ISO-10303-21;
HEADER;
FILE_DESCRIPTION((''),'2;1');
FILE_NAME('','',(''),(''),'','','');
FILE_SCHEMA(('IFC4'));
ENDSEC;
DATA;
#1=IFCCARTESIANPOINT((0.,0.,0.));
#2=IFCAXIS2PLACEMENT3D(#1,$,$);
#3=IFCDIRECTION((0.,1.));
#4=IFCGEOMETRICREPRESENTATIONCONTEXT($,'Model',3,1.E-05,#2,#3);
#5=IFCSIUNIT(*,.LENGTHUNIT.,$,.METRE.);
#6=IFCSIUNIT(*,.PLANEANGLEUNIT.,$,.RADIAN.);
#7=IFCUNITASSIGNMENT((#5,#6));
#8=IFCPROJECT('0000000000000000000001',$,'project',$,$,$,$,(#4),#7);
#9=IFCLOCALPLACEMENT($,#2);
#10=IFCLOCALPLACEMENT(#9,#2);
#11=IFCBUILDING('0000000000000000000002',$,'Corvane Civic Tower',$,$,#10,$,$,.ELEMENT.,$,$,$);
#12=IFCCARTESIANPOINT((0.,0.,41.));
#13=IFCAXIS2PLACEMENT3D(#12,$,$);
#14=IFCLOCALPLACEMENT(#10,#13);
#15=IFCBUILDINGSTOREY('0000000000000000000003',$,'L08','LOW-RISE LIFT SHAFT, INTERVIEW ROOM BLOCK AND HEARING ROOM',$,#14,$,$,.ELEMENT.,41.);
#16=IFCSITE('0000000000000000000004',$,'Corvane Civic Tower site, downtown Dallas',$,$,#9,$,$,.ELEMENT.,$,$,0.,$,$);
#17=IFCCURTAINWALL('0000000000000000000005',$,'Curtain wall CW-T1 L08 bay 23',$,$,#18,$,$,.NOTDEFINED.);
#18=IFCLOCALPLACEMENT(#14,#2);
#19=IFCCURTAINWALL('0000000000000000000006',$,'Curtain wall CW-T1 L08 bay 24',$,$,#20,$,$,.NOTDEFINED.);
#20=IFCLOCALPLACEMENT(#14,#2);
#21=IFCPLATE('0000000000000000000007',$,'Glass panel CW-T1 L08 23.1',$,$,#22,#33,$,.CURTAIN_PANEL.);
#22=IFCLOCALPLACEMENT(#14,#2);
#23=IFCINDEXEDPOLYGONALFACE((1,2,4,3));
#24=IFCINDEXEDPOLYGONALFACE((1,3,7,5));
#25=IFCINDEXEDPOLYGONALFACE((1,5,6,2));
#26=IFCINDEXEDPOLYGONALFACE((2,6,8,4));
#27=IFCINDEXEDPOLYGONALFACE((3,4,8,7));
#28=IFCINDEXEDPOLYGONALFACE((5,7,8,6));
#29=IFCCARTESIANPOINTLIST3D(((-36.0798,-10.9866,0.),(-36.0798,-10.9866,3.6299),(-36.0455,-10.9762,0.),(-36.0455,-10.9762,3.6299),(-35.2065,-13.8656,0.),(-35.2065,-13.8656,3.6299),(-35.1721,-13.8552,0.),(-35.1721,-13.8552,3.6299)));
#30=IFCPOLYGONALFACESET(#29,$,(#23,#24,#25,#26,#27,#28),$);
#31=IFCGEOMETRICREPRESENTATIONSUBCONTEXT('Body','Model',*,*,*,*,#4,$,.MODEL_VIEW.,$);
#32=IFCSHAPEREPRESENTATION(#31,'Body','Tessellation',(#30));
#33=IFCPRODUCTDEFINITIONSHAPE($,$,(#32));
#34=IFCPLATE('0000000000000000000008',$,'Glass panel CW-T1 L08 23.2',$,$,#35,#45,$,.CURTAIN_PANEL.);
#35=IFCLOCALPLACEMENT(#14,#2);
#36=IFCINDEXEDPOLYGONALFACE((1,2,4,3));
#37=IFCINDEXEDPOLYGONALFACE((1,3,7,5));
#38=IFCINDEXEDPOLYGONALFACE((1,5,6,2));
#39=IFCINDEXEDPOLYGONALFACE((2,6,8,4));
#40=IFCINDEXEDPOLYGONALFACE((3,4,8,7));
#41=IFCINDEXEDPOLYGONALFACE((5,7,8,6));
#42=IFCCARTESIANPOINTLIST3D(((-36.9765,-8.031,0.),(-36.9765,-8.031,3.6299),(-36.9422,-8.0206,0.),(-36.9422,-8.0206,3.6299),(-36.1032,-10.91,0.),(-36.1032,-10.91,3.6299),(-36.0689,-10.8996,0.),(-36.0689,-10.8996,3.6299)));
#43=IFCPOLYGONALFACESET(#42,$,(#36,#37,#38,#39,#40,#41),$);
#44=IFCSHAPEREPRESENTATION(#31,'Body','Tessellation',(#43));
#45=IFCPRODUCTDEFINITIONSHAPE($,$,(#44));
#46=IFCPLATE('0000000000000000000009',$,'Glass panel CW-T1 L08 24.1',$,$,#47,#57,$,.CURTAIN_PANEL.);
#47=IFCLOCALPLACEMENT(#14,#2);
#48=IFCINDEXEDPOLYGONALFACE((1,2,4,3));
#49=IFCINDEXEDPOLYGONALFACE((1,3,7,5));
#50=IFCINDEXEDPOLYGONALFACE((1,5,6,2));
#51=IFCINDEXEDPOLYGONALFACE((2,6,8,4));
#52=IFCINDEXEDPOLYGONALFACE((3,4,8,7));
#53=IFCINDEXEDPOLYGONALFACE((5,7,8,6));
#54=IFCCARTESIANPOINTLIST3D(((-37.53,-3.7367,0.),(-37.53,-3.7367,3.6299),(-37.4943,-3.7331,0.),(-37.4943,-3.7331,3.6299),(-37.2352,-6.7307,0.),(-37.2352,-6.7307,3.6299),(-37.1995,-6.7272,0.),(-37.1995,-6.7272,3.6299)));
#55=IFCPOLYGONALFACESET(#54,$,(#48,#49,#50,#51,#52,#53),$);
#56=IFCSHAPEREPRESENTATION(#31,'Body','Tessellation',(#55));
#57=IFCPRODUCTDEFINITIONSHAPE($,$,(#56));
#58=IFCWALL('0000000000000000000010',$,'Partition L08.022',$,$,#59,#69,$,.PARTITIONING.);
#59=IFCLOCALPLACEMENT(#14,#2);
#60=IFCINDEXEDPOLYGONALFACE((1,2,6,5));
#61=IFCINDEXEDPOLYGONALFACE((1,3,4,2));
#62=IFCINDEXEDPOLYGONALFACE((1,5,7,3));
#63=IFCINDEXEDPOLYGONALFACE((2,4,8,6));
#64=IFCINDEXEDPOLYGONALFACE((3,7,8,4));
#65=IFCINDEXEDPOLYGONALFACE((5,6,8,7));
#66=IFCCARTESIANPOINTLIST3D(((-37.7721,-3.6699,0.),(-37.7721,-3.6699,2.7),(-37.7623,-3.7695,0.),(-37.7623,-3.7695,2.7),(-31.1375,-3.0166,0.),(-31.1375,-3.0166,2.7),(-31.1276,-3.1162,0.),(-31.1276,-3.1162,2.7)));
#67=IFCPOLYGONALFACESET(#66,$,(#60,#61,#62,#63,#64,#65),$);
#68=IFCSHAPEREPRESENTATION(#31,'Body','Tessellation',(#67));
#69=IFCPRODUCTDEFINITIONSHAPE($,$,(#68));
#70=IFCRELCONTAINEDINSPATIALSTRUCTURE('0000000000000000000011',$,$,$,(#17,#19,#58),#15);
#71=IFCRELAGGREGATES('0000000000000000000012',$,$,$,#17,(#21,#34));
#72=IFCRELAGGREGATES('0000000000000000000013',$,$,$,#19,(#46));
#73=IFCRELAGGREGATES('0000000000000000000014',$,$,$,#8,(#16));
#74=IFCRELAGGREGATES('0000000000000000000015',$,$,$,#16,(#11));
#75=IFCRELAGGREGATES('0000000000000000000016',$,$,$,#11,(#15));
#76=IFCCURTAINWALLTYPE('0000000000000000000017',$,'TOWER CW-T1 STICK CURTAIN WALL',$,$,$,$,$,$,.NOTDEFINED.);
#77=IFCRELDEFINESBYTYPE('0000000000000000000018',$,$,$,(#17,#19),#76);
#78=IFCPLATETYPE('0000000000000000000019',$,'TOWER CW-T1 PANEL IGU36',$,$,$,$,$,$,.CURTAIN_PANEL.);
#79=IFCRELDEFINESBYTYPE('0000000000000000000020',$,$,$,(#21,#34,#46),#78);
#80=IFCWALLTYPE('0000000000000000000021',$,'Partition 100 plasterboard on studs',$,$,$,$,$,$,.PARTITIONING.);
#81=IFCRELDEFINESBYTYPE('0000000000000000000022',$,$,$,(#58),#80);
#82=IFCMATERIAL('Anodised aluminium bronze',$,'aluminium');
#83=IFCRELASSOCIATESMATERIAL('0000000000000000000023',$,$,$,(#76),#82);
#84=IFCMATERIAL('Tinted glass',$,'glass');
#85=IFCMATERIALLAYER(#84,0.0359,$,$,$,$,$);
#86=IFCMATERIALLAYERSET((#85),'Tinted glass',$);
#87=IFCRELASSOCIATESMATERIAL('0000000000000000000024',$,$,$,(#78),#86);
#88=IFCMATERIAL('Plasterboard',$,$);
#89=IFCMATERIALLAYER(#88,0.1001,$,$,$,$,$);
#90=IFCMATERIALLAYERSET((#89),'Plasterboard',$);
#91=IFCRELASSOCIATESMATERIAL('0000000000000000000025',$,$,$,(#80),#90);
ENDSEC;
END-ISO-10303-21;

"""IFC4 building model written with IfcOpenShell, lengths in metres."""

from ifc_helpers import new_model, si_unit, direction, frame, frame_2d, origin, origin_2d, place, context, subcontext, project, spatial, rectangle, extrude, material, layer, layer_set, type_object, element, aggregate, save


model = new_model("IFC4")

# Units and contexts
model_context = context("Model", 3, precision=1e-05, world=origin(), true_north=direction((0.0, 1.0)))
body_context = subcontext(model_context, "Body", "Model", "MODEL_VIEW")
ifc_project = project(units=[si_unit("LENGTHUNIT", "METRE"), si_unit("PLANEANGLEUNIT", "RADIAN")], contexts=[model_context])

# Site, building, storey
site_placement = place(None, origin())
site = spatial("IfcSite", under=ifc_project, at=site_placement, Name="Corvane Civic Tower site, downtown Dallas", CompositionType="ELEMENT", RefElevation=0.0)
building_placement = place(site_placement, origin())
building = spatial("IfcBuilding", under=site, at=building_placement, Name="Corvane Civic Tower", CompositionType="ELEMENT")
storey_placement = place(building_placement, frame((0.0, 0.0, 41.0)))
storey = spatial("IfcBuildingStorey", under=building, at=storey_placement, Name="L08", Description="LOW-RISE LIFT SHAFT, INTERVIEW ROOM BLOCK AND HEARING ROOM", CompositionType="ELEMENT", Elevation=41.0)

# Curtain wall
ifc_material_1 = material(Name="Anodised aluminium bronze", Category="aluminium")
curtain_wall_type = type_object("IfcCurtainWallType", Name="TOWER CW-T1 STICK CURTAIN WALL", PredefinedType="NOTDEFINED", material=ifc_material_1)
curtain_wall_1_placement = place(storey_placement, origin())
curtain_wall_1 = element("IfcCurtainWall", 1, at=curtain_wall_1_placement, inside=storey, type_object=curtain_wall_type, Name="Curtain wall CW-T1 L08 bay 23", PredefinedType="NOTDEFINED")

# Curtain wall
curtain_wall_2_placement = place(storey_placement, origin())
curtain_wall_2 = element("IfcCurtainWall", 2, at=curtain_wall_2_placement, inside=storey, type_object=curtain_wall_type, Name="Curtain wall CW-T1 L08 bay 24", PredefinedType="NOTDEFINED")

# Plates
ifc_material_2 = material(Name="Tinted glass", Category="glass")
ifc_layer_1 = layer(ifc_material_2, 0.0359)
ifc_layer_set_1 = layer_set([ifc_layer_1], Name="Tinted glass")
plate_type = type_object("IfcPlateType", Name="TOWER CW-T1 PANEL IGU36", PredefinedType="CURTAIN_PANEL", material=ifc_layer_set_1)
plate_1_placement = place(storey_placement, frame((-35.626, -12.4209, 0.0), z_axis=(0.0, 0.0, 1.0), x_axis=(-0.290278, 0.956942, 0.0)))
plate_1 = element("IfcPlate", 3, at=plate_1_placement, type_object=plate_type, Name="Glass panel CW-T1 L08 23.1", PredefinedType="CURTAIN_PANEL", context=body_context, shape_type="SweptSolid", body=[
    extrude(rectangle(XDim=3.0085, YDim=0.0359, at=origin_2d()), origin(), (0.0, 0.0, 1.0), 3.6299),
])
plate_2_placement = place(storey_placement, frame((-36.5227, -9.4653, 0.0), z_axis=(0.0, 0.0, 1.0), x_axis=(-0.290278, 0.956942, 0.0)))
plate_2 = element("IfcPlate", 4, at=plate_2_placement, type_object=plate_type, Name="Glass panel CW-T1 L08 23.2", PredefinedType="CURTAIN_PANEL", context=body_context, shape_type="SweptSolid", body=[
    extrude(rectangle(XDim=3.0085, YDim=0.0359, at=origin_2d()), origin(), (0.0, 0.0, 1.0), 3.6299),
])
aggregate(curtain_wall_1, [plate_1, plate_2])
plate_3_placement = place(storey_placement, frame((-37.3647, -5.2319, 0.0), z_axis=(0.0, 0.0, 1.0), x_axis=(-0.098006, 0.995186, 0.0)))
plate_3 = element("IfcPlate", 5, at=plate_3_placement, type_object=plate_type, Name="Glass panel CW-T1 L08 24.1", PredefinedType="CURTAIN_PANEL", context=body_context, shape_type="SweptSolid", body=[
    extrude(rectangle(XDim=3.0085, YDim=0.0359, at=origin_2d()), origin(), (0.0, 0.0, 1.0), 3.6299),
])
aggregate(curtain_wall_2, [plate_3])

# Wall
ifc_material_3 = material(Name="Plasterboard")
ifc_layer_2 = layer(ifc_material_3, 0.1001)
ifc_layer_set_2 = layer_set([ifc_layer_2], Name="Plasterboard")
wall_type = type_object("IfcWallType", Name="Partition 100 plasterboard on studs", PredefinedType="PARTITIONING", material=ifc_layer_set_2)
wall_placement = place(storey_placement, frame((-37.7673, -3.7197, 0.0), z_axis=(0.0, 0.0, 1.0), x_axis=(0.995187, 0.097995, 0.0)))
element("IfcWall", 6, at=wall_placement, inside=storey, type_object=wall_type, Name="Partition L08.022", PredefinedType="PARTITIONING", context=body_context, shape_type="SweptSolid", body=[
    extrude(rectangle(XDim=6.6667, YDim=0.1001, at=frame_2d((3.3335, 0.0))), origin(), (0.0, 0.0, 1.0), 2.7),
])

save(model, "model.ifc")
